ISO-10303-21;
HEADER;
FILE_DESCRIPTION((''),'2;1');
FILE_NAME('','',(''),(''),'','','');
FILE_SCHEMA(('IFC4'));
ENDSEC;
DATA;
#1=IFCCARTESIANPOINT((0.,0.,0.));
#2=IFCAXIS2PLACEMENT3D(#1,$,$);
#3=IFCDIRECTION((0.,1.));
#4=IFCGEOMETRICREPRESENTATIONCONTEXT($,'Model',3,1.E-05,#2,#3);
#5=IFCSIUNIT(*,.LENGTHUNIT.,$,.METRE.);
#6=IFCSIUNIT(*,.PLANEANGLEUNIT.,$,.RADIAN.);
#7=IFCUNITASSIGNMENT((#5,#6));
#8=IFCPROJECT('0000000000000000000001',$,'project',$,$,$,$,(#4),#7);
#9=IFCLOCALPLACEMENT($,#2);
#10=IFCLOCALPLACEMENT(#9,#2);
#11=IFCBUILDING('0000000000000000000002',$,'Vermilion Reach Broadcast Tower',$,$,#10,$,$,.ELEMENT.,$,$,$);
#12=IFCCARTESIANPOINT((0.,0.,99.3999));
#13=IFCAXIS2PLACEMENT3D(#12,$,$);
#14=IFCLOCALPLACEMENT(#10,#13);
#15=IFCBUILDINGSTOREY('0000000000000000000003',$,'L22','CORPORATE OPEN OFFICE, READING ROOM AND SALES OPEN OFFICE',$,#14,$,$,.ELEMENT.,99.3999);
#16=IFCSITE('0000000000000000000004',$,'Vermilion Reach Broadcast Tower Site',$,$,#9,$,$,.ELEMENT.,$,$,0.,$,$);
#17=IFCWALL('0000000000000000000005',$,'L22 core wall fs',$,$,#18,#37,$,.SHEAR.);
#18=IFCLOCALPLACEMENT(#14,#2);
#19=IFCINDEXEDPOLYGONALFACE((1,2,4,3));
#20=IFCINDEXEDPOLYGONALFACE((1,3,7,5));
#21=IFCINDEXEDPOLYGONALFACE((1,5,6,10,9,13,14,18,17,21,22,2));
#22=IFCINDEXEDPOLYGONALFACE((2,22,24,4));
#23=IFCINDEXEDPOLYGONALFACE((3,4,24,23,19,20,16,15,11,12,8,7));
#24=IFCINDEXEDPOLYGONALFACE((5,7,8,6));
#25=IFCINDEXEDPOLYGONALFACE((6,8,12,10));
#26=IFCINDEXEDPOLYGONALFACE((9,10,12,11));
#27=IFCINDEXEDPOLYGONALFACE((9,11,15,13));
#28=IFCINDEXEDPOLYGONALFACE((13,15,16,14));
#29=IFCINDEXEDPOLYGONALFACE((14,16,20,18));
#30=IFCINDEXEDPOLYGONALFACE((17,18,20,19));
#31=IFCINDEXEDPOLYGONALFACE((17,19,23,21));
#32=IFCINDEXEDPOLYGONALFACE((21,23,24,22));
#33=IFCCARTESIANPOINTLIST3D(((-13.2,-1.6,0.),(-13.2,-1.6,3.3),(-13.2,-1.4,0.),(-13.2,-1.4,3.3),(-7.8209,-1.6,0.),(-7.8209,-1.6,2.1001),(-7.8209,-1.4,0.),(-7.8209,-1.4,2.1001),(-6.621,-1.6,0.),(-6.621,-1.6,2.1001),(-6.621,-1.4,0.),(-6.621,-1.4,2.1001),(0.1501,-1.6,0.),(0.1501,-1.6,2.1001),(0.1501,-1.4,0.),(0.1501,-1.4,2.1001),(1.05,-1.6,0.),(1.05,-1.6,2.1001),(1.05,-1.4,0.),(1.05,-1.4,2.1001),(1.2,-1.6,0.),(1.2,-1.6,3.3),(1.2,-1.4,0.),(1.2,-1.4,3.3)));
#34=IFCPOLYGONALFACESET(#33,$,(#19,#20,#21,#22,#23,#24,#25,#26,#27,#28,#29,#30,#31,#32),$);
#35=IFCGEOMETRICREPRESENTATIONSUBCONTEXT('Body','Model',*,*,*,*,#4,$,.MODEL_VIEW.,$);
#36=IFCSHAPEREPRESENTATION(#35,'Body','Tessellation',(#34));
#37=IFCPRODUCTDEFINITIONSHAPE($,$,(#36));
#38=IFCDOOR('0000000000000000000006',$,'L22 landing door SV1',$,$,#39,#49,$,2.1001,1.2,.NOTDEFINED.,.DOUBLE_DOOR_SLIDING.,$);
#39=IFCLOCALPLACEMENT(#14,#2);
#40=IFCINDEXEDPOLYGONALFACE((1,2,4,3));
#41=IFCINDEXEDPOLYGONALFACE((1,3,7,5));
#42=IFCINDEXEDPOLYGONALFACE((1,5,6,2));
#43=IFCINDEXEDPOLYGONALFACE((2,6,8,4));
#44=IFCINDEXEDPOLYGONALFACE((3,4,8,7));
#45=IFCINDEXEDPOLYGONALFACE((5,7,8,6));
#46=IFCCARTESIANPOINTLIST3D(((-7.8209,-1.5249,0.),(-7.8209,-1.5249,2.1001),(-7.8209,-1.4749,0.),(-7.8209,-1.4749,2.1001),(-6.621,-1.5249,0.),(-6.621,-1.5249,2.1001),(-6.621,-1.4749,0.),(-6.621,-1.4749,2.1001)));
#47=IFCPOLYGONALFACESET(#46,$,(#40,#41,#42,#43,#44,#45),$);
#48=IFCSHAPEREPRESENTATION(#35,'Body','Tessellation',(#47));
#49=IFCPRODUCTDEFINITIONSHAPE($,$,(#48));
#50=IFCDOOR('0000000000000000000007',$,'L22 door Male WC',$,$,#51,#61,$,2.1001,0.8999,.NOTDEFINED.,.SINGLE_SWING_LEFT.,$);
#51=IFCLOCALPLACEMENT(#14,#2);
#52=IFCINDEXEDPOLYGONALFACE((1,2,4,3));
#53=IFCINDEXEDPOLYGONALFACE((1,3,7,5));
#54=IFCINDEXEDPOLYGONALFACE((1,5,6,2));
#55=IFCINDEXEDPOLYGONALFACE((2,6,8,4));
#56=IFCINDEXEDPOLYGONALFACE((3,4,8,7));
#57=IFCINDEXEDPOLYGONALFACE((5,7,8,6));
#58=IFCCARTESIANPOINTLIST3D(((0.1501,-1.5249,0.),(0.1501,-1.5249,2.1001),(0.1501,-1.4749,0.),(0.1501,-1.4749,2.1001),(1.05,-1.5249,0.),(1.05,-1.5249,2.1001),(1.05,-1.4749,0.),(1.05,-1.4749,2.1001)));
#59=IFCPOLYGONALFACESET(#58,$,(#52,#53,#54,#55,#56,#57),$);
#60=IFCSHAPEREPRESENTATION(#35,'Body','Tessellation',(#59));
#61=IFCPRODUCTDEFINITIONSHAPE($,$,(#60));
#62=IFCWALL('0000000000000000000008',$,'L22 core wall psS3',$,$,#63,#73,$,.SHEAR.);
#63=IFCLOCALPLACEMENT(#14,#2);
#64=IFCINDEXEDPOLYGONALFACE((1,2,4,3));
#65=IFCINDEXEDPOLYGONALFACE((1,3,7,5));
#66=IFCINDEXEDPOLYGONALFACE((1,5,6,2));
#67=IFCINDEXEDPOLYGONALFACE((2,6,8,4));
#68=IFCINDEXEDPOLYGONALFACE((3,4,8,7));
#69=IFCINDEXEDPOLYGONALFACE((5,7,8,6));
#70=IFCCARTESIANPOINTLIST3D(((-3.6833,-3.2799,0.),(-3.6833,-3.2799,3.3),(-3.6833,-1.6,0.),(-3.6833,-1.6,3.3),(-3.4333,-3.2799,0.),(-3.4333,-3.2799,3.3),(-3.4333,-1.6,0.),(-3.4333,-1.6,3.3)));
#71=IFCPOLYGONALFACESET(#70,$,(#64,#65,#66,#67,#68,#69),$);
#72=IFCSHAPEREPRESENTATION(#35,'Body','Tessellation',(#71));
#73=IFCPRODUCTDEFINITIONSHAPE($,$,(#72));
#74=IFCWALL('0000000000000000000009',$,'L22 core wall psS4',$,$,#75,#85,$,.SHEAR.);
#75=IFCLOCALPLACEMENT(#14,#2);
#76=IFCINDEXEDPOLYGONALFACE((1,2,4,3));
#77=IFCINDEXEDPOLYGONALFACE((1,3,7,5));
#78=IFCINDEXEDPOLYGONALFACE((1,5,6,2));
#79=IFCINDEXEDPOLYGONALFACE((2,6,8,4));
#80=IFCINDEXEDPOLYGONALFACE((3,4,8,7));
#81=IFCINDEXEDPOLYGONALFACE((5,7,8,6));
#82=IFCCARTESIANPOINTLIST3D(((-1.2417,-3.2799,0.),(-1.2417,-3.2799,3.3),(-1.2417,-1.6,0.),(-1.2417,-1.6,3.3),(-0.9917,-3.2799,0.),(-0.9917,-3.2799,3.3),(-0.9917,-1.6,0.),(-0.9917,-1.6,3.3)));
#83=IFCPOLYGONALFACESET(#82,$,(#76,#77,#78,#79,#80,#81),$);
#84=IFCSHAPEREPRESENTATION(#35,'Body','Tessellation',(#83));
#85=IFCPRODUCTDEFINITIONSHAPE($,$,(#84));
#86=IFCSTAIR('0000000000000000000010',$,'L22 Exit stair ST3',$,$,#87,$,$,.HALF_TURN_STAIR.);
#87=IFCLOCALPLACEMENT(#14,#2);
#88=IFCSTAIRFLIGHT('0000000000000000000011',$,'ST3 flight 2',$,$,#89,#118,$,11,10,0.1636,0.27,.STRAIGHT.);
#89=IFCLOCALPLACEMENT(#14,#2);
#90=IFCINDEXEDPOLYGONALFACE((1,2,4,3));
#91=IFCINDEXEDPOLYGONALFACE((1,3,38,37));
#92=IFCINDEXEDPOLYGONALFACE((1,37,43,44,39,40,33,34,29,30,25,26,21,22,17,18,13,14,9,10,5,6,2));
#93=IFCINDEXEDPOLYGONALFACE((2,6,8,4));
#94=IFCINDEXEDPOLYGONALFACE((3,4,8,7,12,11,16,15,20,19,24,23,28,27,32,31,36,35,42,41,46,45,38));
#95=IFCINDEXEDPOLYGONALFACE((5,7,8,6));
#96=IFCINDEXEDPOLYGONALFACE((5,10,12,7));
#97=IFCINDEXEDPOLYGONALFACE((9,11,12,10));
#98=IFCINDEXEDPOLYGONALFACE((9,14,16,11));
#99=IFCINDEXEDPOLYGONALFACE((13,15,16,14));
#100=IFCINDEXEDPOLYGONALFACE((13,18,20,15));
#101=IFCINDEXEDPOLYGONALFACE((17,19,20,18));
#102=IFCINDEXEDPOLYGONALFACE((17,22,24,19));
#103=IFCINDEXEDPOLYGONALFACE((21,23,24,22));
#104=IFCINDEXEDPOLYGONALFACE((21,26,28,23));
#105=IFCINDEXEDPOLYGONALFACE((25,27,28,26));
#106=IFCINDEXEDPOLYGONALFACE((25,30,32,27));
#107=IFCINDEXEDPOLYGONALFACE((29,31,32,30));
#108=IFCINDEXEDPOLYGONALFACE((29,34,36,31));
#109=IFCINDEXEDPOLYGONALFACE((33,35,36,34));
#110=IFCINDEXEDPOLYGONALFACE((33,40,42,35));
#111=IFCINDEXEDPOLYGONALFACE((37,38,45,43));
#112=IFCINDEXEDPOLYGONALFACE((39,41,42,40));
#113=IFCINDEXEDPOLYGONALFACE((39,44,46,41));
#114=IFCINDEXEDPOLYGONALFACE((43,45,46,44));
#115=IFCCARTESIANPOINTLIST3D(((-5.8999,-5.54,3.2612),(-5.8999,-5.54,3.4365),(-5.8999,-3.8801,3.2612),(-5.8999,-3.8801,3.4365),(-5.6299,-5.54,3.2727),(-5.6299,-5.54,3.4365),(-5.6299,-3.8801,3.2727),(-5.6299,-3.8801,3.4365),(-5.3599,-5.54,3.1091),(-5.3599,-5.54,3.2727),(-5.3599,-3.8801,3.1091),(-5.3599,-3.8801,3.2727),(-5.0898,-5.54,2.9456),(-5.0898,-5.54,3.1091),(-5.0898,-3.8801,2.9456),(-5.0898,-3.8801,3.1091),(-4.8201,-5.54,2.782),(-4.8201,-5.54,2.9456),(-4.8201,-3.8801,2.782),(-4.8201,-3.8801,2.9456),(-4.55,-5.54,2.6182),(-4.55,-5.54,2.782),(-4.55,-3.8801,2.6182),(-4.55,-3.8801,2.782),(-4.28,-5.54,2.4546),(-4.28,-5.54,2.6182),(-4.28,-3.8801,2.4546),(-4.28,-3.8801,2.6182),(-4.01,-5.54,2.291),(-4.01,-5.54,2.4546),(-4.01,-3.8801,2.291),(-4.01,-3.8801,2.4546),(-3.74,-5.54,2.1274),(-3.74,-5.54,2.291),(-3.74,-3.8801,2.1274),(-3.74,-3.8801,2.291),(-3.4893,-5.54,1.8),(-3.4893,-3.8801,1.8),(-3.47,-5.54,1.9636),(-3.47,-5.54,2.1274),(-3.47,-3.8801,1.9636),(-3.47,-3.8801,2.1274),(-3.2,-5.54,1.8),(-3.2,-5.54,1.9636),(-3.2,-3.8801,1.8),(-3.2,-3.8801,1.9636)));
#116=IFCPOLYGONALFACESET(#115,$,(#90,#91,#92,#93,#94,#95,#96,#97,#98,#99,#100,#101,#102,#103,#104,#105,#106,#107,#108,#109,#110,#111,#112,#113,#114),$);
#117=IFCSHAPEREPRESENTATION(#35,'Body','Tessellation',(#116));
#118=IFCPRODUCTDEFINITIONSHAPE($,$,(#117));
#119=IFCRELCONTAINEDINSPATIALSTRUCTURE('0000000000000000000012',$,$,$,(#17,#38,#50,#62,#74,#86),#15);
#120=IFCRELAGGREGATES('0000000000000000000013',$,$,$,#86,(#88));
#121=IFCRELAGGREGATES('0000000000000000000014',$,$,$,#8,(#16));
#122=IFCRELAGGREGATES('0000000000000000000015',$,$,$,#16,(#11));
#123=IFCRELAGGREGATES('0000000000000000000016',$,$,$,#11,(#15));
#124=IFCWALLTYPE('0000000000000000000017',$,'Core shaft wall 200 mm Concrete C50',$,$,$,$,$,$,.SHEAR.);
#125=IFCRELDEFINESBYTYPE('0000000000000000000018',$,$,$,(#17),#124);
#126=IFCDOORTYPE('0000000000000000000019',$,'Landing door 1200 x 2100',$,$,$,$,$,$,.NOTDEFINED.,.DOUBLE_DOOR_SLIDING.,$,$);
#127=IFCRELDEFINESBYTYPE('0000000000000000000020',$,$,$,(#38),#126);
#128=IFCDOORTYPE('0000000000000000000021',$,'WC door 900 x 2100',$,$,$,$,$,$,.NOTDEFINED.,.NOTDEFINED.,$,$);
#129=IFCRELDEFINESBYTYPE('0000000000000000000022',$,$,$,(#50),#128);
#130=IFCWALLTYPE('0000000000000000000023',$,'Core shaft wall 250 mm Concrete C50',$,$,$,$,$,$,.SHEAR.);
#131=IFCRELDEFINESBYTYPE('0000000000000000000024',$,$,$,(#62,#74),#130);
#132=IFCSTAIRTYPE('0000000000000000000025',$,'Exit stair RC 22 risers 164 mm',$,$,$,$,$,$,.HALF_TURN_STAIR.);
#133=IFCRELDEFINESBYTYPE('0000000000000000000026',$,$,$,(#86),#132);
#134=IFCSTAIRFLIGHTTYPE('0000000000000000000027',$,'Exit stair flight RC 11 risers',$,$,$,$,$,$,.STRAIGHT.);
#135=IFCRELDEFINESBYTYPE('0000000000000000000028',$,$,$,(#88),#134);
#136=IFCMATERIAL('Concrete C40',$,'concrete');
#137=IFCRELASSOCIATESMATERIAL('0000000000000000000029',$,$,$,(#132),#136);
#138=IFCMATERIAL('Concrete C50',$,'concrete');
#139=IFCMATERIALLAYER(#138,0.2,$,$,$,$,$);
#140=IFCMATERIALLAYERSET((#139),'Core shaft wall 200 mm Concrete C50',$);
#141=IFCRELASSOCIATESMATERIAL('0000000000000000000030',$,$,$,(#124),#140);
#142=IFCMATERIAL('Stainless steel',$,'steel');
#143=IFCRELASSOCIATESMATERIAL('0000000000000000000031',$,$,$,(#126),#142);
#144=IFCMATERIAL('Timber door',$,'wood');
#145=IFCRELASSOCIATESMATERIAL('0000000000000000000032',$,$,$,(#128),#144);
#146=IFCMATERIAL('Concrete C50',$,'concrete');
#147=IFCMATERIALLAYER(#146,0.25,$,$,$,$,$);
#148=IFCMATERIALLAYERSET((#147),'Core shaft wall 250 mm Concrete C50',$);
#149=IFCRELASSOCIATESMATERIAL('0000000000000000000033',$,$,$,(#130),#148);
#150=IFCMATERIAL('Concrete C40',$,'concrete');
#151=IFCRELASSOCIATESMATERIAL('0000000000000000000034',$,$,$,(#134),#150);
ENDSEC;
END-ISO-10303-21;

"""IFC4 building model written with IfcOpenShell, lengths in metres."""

from ifc_helpers import new_model, si_unit, direction, frame, frame_2d, origin, place, context, subcontext, project, spatial, polyline, rectangle, outline, extrude, material, layer, layer_set, type_object, element, fill, aggregate, save


model = new_model("IFC4")

# Units and contexts
model_context = context("Model", 3, precision=1e-05, world=origin(), true_north=direction((0.0, 1.0)))
body_context = subcontext(model_context, "Body", "Model", "MODEL_VIEW")
ifc_project = project(units=[si_unit("LENGTHUNIT", "METRE"), si_unit("PLANEANGLEUNIT", "RADIAN")], contexts=[model_context])

# Site, building, storey
site_placement = place(None, origin())
site = spatial("IfcSite", under=ifc_project, at=site_placement, Name="Vermilion Reach Broadcast Tower Site", CompositionType="ELEMENT", RefElevation=0.0)
building_placement = place(site_placement, origin())
building = spatial("IfcBuilding", under=site, at=building_placement, Name="Vermilion Reach Broadcast Tower", CompositionType="ELEMENT")
storey_placement = place(building_placement, frame((0.0, 0.0, 99.3999)))
storey = spatial("IfcBuildingStorey", under=building, at=storey_placement, Name="L22", Description="CORPORATE OPEN OFFICE, READING ROOM AND SALES OPEN OFFICE", CompositionType="ELEMENT", Elevation=99.3999)

# Shared definitions
ifc_material_1 = material(Name="Concrete C40", Category="concrete")
stair_type = type_object("IfcStairType", Name="Exit stair RC 22 risers 164 mm", PredefinedType="HALF_TURN_STAIR", material=ifc_material_1)
placement_1 = place(storey_placement, origin())

# Wall, openings, doors
ifc_material_2 = material(Name="Concrete C50", Category="concrete")
ifc_layer_1 = layer(ifc_material_2, 0.2)
ifc_layer_set_1 = layer_set([ifc_layer_1], Name="Core shaft wall 200 mm Concrete C50")
wall_type_1 = type_object("IfcWallType", Name="Core shaft wall 200 mm Concrete C50", PredefinedType="SHEAR", material=ifc_layer_set_1)
wall_1_placement = place(storey_placement, frame((1.2, -1.5, 0.0), z_axis=(0.0, 0.0, 1.0), x_axis=(-1.0, 0.0, 0.0)))
wall_1 = element("IfcWall", 1, at=wall_1_placement, inside=storey, type_object=wall_type_1, Name="L22 core wall fs", PredefinedType="SHEAR", context=body_context, shape_type="SweptSolid", body=[
    extrude(rectangle(XDim=14.3999, YDim=0.2, at=frame_2d((7.2, 0.0))), origin(), (0.0, 0.0, 1.0), 3.3),
])
opening_1_placement = place(wall_1_placement, frame((7.8208, 0.0, 0.0)))
opening_1 = element("IfcOpeningElement", 2, at=opening_1_placement, cuts=wall_1, PredefinedType="OPENING", context=body_context, shape_type="SweptSolid", body=[
    extrude(rectangle(XDim=1.2, YDim=2.1001, at=frame_2d((0.6001, 1.05))), frame((0.0, 0.1099, 0.0), z_axis=(0.0, -1.0, 0.0), x_axis=(1.0, 0.0, 0.0)), (0.0, 0.0, 1.0), 0.22),
])
opening_2_placement = place(wall_1_placement, frame((0.1499, 0.0, 0.0)))
opening_2 = element("IfcOpeningElement", 3, at=opening_2_placement, cuts=wall_1, PredefinedType="OPENING", context=body_context, shape_type="SweptSolid", body=[
    extrude(rectangle(XDim=0.8999, YDim=2.1001, at=frame_2d((0.45, 1.05))), frame((0.0, 0.1099, 0.0), z_axis=(0.0, -1.0, 0.0), x_axis=(1.0, 0.0, 0.0)), (0.0, 0.0, 1.0), 0.22),
])
ifc_material_3 = material(Name="Stainless steel", Category="steel")
door_type_1 = type_object("IfcDoorType", Name="Landing door 1200 x 2100", OperationType="DOUBLE_DOOR_SLIDING", PredefinedType="NOTDEFINED", material=ifc_material_3)
door_1_placement = place(opening_1_placement, origin())
door_1 = element("IfcDoor", 4, at=door_1_placement, inside=storey, type_object=door_type_1, Name="L22 landing door SV1", OperationType="DOUBLE_DOOR_SLIDING", OverallHeight=2.1001, OverallWidth=1.2, PredefinedType="NOTDEFINED", context=body_context, shape_type="SweptSolid", body=[
    extrude(rectangle(XDim=1.2, YDim=2.1001, at=frame_2d((0.6001, 1.05))), frame((0.0, 0.0249, 0.0), z_axis=(0.0, -1.0, 0.0), x_axis=(1.0, 0.0, 0.0)), (0.0, 0.0, 1.0), 0.05),
])
fill(opening_1, door_1)
ifc_material_4 = material(Name="Timber door", Category="wood")
door_type_2 = type_object("IfcDoorType", Name="WC door 900 x 2100", OperationType="NOTDEFINED", PredefinedType="NOTDEFINED", material=ifc_material_4)
door_2_placement = place(opening_2_placement, origin())
door_2 = element("IfcDoor", 5, at=door_2_placement, inside=storey, type_object=door_type_2, Name="L22 door Male WC", OperationType="SINGLE_SWING_LEFT", OverallHeight=2.1001, OverallWidth=0.8999, PredefinedType="NOTDEFINED", context=body_context, shape_type="SweptSolid", body=[
    extrude(rectangle(XDim=0.8999, YDim=2.1001, at=frame_2d((0.45, 1.05))), frame((0.0, 0.0249, 0.0), z_axis=(0.0, -1.0, 0.0), x_axis=(1.0, 0.0, 0.0)), (0.0, 0.0, 1.0), 0.05),
])
fill(opening_2, door_2)

# Walls
ifc_material_5 = material(Name="Concrete C50", Category="concrete")
ifc_layer_2 = layer(ifc_material_5, 0.25)
ifc_layer_set_2 = layer_set([ifc_layer_2], Name="Core shaft wall 250 mm Concrete C50")
wall_type_2 = type_object("IfcWallType", Name="Core shaft wall 250 mm Concrete C50", PredefinedType="SHEAR", material=ifc_layer_set_2)
for number, where, z_axis, x_axis, name in (
    (6, (-3.5583, -1.6001, 0.0), (0.0, 0.0, 1.0), (0.0, -1.0, 0.0), "L22 core wall psS3"),
    (7, (-1.1167, -1.6001, 0.0), (0.0, 0.0, 1.0), (0.0, -1.0, 0.0), "L22 core wall psS4"),
):
    element("IfcWall", number, at=place(storey_placement, frame(where, z_axis=z_axis, x_axis=x_axis)), inside=storey, type_object=wall_type_2, Name=name, PredefinedType="SHEAR", context=body_context, shape_type="SweptSolid", body=[
        extrude(rectangle(XDim=1.6799, YDim=0.25, at=frame_2d((0.8398, 0.0))), origin(), (0.0, 0.0, 1.0), 3.3),
    ])

# Stair, stair flight
stair_1 = element("IfcStair", 8, at=placement_1, inside=storey, type_object=stair_type, Name="L22 Exit stair ST3", PredefinedType="HALF_TURN_STAIR")
ifc_material_6 = material(Name="Concrete C40", Category="concrete")
stair_flight_type = type_object("IfcStairFlightType", Name="Exit stair flight RC 11 risers", PredefinedType="STRAIGHT", material=ifc_material_6)
stair_flight_placement = place(storey_placement, frame((-3.2, -4.71, 1.8), z_axis=(0.0, 0.0, 1.0), x_axis=(-1.0, 0.0, 0.0)))
stair_flight = element("IfcStairFlight", 9, at=stair_flight_placement, type_object=stair_flight_type, Name="ST3 flight 2", NumberOfRisers=11, NumberOfTreads=10, PredefinedType="STRAIGHT", RiserHeight=0.1636, TreadLength=0.27, context=body_context, shape_type="SweptSolid", body=[
    extrude(outline(polyline([(0.0, 0.0), (0.0, 0.1636), (0.27, 0.1636), (0.27, 0.3274), (0.54, 0.3274), (0.54, 0.491), (0.8101, 0.491), (0.8101, 0.6545), (1.0801, 0.6545), (1.0801, 0.8181), (1.3501, 0.8181), (1.3501, 0.9819), (1.6201, 0.9819), (1.6201, 1.1455), (1.8899, 1.1455), (1.8899, 1.3091), (2.1599, 1.3091), (2.1599, 1.4727), (2.4299, 1.4727), (2.4299, 1.6365), (2.7, 1.6365), (2.7, 1.8), (2.7, 1.4612), (0.2893, 0.0), (0.0, 0.0)])), frame((0.0, 0.8301, 0.0), z_axis=(0.0, -1.0, 0.0), x_axis=(1.0, 0.0, 0.0)), (0.0, 0.0, 1.0), 1.6599),
])
aggregate(stair_1, [stair_flight])

save(model, "model.ifc")
